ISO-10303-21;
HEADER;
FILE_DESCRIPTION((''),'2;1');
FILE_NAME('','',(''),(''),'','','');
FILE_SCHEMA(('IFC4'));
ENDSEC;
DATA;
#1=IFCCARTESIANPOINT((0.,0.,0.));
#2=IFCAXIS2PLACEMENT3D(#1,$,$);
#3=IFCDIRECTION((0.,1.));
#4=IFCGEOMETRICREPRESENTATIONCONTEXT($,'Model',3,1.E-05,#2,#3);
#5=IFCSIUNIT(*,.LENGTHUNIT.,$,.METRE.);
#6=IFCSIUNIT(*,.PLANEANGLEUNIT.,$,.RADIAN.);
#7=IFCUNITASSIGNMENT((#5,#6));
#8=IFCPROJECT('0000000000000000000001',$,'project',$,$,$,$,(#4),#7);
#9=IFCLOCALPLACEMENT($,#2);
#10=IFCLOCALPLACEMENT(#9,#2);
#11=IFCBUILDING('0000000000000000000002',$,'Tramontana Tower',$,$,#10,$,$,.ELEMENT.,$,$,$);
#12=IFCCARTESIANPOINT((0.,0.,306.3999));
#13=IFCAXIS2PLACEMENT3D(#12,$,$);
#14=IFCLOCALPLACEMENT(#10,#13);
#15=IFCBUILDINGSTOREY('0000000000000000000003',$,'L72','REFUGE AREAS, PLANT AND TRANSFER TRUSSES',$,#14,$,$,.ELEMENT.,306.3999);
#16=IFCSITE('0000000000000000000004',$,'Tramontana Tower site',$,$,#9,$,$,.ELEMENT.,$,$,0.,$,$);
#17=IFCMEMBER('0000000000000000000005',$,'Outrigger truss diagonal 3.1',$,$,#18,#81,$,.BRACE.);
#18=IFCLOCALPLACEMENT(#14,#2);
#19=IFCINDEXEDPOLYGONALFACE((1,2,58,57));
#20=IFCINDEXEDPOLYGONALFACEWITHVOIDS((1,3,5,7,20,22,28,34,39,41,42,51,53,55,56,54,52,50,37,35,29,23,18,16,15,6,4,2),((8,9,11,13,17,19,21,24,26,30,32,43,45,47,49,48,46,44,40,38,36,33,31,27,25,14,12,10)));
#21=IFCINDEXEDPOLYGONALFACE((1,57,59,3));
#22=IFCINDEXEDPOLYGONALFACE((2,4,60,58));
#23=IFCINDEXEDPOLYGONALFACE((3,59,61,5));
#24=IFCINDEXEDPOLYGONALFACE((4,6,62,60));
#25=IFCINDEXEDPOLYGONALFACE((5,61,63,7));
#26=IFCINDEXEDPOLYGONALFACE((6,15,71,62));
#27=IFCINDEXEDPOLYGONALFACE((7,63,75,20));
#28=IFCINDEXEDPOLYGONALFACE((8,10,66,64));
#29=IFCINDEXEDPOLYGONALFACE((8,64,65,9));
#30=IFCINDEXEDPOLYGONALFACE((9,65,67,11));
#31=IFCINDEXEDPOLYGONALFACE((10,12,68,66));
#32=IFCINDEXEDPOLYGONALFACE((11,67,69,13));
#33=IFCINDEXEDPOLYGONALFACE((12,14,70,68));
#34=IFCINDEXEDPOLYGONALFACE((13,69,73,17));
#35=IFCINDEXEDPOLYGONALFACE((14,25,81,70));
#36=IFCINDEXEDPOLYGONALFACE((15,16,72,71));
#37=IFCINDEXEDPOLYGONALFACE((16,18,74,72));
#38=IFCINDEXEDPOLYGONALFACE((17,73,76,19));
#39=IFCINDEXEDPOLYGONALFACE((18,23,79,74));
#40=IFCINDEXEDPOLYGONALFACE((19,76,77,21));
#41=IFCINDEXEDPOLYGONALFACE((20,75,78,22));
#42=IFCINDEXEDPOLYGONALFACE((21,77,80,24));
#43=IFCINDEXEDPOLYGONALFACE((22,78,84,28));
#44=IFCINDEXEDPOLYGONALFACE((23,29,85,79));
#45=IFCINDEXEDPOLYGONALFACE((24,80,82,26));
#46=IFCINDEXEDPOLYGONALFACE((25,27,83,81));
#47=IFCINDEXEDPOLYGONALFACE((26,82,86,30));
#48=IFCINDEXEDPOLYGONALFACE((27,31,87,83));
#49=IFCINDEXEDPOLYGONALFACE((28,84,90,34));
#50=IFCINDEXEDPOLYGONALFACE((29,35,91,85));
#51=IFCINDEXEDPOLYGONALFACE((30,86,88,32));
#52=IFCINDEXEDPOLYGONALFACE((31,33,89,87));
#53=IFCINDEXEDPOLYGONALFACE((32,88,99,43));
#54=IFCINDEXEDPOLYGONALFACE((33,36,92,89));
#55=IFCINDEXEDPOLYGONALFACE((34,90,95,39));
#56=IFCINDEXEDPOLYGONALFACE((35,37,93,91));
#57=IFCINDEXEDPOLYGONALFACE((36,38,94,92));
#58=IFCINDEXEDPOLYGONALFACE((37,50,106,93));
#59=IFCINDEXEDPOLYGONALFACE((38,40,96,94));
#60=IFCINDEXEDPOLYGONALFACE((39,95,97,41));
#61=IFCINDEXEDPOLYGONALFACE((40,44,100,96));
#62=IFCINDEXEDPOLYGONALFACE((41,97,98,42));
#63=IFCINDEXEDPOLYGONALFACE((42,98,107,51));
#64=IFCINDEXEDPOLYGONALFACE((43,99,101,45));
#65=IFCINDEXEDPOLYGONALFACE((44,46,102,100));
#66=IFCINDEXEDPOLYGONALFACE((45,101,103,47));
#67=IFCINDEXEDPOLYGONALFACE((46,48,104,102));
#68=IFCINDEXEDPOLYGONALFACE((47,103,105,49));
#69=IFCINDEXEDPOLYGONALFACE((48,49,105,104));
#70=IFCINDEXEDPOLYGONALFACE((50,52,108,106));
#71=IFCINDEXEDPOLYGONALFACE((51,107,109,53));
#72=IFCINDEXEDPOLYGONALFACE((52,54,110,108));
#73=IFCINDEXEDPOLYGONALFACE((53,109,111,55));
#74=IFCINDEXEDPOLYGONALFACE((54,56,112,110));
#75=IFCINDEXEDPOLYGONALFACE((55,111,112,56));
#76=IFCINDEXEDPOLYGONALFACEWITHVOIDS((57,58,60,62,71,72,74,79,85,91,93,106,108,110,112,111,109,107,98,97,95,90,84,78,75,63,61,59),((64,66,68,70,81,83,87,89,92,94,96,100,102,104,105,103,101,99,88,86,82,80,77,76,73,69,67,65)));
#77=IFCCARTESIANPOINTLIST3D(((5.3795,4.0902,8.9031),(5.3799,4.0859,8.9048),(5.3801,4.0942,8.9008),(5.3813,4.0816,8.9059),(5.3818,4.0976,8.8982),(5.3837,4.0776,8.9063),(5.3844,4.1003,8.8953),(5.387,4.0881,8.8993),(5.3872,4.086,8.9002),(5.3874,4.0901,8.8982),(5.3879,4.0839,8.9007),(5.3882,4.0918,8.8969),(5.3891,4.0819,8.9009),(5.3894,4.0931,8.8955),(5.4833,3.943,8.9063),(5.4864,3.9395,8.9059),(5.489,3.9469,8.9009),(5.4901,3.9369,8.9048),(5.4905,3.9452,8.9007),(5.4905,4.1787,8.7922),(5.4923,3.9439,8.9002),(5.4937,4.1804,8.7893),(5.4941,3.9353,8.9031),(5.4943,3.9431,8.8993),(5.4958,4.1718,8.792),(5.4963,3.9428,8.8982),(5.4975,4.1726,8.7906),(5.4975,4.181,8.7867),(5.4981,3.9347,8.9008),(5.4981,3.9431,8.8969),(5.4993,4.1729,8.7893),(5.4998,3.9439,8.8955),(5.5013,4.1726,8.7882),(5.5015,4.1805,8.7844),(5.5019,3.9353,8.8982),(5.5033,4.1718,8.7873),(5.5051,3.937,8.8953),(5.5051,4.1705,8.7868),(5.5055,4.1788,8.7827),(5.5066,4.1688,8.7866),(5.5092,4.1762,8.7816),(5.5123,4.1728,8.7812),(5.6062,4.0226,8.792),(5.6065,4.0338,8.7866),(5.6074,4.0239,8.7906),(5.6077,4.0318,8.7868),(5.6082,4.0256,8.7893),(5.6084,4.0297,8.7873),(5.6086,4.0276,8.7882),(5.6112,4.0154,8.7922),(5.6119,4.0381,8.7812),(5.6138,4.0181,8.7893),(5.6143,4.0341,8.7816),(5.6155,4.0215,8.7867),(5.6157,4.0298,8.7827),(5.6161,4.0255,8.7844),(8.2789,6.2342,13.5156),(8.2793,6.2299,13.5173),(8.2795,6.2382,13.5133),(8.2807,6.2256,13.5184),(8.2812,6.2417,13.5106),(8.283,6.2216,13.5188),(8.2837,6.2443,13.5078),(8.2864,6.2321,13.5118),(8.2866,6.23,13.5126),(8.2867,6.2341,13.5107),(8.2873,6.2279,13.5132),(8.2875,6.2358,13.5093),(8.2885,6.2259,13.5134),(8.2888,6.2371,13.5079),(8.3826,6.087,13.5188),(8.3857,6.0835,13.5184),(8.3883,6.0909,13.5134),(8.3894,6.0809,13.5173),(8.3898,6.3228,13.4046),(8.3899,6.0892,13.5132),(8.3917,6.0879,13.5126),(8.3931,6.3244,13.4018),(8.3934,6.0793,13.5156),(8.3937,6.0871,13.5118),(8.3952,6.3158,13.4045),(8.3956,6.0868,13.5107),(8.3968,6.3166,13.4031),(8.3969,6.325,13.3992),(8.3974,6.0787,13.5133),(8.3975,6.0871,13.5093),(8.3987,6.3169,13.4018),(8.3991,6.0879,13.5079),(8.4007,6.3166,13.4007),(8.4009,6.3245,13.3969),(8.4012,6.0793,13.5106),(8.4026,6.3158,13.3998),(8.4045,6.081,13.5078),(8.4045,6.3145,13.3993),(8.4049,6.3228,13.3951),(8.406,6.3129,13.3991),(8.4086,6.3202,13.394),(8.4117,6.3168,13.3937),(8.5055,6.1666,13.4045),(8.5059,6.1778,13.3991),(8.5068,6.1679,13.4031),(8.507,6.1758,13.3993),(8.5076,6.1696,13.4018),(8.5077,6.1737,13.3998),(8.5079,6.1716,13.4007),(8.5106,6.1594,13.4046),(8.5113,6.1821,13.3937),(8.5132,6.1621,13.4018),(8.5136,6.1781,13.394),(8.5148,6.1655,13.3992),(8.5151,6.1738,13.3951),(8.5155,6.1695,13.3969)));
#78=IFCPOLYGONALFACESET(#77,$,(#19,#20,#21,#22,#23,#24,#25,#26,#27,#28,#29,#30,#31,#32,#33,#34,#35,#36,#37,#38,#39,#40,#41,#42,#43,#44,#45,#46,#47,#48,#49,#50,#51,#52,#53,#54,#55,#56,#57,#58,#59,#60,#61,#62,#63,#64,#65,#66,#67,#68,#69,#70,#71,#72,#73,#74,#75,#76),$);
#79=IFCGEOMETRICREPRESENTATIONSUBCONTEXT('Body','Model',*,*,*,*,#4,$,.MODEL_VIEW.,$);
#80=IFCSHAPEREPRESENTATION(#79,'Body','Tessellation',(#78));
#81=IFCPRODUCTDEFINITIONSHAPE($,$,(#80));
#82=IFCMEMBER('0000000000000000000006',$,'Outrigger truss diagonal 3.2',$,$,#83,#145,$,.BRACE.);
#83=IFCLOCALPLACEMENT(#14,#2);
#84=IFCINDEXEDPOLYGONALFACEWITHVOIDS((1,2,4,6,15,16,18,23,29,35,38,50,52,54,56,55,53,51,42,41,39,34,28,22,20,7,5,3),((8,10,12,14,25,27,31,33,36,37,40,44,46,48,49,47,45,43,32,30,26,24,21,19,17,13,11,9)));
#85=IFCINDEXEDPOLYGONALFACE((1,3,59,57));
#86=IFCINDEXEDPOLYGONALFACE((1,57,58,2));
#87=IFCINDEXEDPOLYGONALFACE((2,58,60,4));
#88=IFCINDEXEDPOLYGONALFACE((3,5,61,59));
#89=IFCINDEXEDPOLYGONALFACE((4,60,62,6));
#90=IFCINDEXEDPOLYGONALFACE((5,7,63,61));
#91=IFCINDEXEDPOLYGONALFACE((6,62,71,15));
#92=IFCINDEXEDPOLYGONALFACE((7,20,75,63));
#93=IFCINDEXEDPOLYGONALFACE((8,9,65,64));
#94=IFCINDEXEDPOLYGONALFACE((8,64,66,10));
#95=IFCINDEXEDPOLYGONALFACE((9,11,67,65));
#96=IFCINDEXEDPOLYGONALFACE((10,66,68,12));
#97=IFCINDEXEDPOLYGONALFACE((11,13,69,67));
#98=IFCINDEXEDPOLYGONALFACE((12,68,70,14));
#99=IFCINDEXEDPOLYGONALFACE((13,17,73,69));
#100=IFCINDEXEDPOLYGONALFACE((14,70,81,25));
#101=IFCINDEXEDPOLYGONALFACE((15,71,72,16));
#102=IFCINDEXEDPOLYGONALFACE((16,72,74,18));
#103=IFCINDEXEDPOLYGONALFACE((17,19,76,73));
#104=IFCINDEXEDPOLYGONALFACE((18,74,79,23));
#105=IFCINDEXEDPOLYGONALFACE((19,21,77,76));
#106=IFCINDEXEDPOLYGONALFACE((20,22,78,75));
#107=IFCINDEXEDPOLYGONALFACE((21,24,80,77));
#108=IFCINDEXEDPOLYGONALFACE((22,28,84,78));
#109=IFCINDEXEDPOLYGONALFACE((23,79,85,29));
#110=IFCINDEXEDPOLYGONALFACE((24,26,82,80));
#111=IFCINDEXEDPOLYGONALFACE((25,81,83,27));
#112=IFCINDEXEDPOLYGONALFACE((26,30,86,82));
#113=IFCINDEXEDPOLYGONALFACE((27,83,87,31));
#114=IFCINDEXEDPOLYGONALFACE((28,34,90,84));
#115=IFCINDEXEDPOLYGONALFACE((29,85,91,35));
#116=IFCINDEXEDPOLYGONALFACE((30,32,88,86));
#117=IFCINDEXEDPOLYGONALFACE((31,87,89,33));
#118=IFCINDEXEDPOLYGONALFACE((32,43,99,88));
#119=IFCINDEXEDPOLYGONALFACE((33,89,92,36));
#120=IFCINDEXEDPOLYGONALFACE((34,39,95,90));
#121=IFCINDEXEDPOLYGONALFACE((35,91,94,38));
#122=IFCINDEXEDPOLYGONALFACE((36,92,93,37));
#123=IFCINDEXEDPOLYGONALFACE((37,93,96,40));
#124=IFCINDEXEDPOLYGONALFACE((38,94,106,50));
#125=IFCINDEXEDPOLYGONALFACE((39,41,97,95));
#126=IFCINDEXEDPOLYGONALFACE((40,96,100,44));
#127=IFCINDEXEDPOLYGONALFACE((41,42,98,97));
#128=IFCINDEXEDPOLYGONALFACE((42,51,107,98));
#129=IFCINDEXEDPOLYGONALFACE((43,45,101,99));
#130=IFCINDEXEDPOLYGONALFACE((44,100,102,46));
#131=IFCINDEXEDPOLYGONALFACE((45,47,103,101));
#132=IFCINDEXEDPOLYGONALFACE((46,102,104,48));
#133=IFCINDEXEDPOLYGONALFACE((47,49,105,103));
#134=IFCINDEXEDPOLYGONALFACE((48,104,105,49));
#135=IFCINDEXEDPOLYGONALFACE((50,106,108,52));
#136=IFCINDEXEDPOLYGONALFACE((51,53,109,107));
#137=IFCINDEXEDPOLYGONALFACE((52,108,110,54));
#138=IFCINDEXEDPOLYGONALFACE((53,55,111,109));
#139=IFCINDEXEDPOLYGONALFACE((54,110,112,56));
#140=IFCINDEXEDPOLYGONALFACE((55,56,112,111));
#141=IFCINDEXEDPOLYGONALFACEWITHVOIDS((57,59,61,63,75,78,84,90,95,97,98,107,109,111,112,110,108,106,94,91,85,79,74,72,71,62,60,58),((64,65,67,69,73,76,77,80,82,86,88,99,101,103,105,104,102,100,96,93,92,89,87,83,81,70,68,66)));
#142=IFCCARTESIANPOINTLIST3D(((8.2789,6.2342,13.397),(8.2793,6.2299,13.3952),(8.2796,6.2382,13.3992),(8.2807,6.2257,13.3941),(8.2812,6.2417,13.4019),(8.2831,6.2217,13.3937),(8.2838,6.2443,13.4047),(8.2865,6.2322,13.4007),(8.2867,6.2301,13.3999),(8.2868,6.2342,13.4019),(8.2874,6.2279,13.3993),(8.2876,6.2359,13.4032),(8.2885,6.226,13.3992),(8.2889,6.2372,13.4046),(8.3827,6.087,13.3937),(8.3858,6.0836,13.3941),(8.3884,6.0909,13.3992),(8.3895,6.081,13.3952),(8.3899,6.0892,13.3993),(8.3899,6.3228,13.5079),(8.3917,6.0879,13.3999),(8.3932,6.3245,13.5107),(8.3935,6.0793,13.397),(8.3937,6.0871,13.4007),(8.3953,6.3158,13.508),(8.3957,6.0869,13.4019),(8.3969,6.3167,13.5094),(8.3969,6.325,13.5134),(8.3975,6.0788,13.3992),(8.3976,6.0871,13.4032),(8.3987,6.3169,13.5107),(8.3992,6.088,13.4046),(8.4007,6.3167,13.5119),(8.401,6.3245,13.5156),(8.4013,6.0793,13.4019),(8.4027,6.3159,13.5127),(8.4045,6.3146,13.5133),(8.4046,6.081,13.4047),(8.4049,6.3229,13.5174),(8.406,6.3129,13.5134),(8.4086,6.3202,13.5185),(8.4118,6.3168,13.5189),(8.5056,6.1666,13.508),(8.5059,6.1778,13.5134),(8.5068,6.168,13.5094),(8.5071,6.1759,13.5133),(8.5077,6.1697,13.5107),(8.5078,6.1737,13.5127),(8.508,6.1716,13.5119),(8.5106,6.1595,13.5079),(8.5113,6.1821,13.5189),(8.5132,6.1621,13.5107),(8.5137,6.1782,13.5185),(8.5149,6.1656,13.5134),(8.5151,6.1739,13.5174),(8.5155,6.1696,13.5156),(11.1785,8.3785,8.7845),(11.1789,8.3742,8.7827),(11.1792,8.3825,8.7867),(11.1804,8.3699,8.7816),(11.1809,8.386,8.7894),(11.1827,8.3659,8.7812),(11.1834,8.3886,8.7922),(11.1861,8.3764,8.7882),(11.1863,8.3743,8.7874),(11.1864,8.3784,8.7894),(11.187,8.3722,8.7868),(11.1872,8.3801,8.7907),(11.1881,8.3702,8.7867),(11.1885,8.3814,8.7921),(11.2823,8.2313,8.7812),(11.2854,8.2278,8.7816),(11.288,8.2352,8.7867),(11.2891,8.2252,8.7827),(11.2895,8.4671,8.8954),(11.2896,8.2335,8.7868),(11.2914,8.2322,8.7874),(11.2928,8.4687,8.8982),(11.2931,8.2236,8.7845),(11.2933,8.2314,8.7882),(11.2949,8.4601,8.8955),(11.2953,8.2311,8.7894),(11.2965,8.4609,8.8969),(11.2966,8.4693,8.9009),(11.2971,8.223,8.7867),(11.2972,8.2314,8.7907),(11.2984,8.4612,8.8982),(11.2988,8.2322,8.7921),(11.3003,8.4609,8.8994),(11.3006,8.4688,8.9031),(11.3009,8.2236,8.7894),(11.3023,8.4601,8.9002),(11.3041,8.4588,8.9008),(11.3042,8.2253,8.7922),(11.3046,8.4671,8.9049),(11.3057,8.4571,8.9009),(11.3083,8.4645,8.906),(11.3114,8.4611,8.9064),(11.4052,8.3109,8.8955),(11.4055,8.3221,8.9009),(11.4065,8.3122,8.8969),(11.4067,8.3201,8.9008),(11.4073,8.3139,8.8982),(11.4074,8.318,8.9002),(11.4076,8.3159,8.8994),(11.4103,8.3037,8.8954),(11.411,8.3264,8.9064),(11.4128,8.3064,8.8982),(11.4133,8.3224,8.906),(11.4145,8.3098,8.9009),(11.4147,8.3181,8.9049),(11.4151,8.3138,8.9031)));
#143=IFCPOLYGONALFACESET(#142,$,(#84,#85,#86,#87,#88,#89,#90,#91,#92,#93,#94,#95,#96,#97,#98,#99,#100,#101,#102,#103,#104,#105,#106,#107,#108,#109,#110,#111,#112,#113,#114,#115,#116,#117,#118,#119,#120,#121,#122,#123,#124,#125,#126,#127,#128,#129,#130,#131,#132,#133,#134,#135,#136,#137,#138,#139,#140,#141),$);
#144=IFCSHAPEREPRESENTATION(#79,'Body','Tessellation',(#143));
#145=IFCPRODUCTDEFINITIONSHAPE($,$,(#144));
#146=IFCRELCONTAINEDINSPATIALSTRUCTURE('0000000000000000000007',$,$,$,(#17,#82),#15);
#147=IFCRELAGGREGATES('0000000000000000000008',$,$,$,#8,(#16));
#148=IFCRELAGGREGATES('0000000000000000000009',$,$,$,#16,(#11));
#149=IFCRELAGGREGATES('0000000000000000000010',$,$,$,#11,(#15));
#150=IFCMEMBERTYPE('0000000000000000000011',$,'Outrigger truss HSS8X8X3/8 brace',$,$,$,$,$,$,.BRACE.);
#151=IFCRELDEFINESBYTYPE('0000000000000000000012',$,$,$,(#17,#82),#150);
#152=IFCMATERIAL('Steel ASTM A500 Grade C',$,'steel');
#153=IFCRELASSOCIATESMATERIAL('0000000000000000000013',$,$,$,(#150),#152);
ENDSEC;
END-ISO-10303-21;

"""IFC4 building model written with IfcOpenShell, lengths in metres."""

from ifc_helpers import new_model, si_unit, direction, frame, origin, origin_2d, place, context, subcontext, project, spatial, hollow_rectangle, extrude, material, material_profile, profile_set, type_object, element, save


model = new_model("IFC4")

# Units and contexts
model_context = context("Model", 3, precision=1e-05, world=origin(), true_north=direction((0.0, 1.0)))
body_context = subcontext(model_context, "Body", "Model", "MODEL_VIEW")
ifc_project = project(units=[si_unit("LENGTHUNIT", "METRE"), si_unit("PLANEANGLEUNIT", "RADIAN")], contexts=[model_context])

# Site, building, storey
site_placement = place(None, origin())
site = spatial("IfcSite", under=ifc_project, at=site_placement, Name="Tramontana Tower site", CompositionType="ELEMENT", RefElevation=0.0)
building_placement = place(site_placement, origin())
building = spatial("IfcBuilding", under=site, at=building_placement, Name="Tramontana Tower", CompositionType="ELEMENT")
storey_placement = place(building_placement, frame((0.0, 0.0, 306.3999)))
storey = spatial("IfcBuildingStorey", under=building, at=storey_placement, Name="L72", Description="REFUGE AREAS, PLANT AND TRANSFER TRUSSES", CompositionType="ELEMENT", Elevation=306.3999)

# Members
ifc_material_1 = material(Name="Steel ASTM A500 Grade C", Category="steel")
ifc_material_profile_1 = material_profile(ifc_material_1, hollow_rectangle(XDim=0.2031, YDim=0.2031, WallThickness=0.0088, InnerFilletRadius=0.0088, OuterFilletRadius=0.0178, at=origin_2d()), Name="HSS8X8X3/8")
ifc_profile_set_1 = profile_set([ifc_material_profile_1], Name="Steel ASTM A500 Grade C")
member_type_1 = type_object("IfcMemberType", Name="Outrigger truss HSS8X8X3/8 brace", PredefinedType="BRACE", material=ifc_profile_set_1)
member_1_placement = place(storey_placement, frame((5.4978, 4.0579, 8.8438), z_axis=(0.495217, 0.3662, 0.787818), x_axis=(-0.59457, 0.804044, 0.0)))
element("IfcMember", 1, at=member_1_placement, inside=storey, type_object=member_type_1, Name="Outrigger truss diagonal 3.1", PredefinedType="BRACE", context=body_context, shape_type="SweptSolid", body=[
    extrude(hollow_rectangle(XDim=0.2031, YDim=0.2031, WallThickness=0.0088, InnerFilletRadius=0.0088, OuterFilletRadius=0.0178, at=origin_2d()), origin(), (0.0, 0.0, 1.0), 5.8547),
])
member_2_placement = place(storey_placement, frame((8.3972, 6.2019, 13.4563), z_axis=(0.495241, 0.366229, -0.78779), x_axis=(-0.594581, 0.804035, 0.0)))
element("IfcMember", 2, at=member_2_placement, inside=storey, type_object=member_type_1, Name="Outrigger truss diagonal 3.2", PredefinedType="BRACE", context=body_context, shape_type="SweptSolid", body=[
    extrude(hollow_rectangle(XDim=0.2031, YDim=0.2031, WallThickness=0.0088, InnerFilletRadius=0.0088, OuterFilletRadius=0.0178, at=origin_2d()), origin(), (0.0, 0.0, 1.0), 5.855),
])

save(model, "model.ifc")
